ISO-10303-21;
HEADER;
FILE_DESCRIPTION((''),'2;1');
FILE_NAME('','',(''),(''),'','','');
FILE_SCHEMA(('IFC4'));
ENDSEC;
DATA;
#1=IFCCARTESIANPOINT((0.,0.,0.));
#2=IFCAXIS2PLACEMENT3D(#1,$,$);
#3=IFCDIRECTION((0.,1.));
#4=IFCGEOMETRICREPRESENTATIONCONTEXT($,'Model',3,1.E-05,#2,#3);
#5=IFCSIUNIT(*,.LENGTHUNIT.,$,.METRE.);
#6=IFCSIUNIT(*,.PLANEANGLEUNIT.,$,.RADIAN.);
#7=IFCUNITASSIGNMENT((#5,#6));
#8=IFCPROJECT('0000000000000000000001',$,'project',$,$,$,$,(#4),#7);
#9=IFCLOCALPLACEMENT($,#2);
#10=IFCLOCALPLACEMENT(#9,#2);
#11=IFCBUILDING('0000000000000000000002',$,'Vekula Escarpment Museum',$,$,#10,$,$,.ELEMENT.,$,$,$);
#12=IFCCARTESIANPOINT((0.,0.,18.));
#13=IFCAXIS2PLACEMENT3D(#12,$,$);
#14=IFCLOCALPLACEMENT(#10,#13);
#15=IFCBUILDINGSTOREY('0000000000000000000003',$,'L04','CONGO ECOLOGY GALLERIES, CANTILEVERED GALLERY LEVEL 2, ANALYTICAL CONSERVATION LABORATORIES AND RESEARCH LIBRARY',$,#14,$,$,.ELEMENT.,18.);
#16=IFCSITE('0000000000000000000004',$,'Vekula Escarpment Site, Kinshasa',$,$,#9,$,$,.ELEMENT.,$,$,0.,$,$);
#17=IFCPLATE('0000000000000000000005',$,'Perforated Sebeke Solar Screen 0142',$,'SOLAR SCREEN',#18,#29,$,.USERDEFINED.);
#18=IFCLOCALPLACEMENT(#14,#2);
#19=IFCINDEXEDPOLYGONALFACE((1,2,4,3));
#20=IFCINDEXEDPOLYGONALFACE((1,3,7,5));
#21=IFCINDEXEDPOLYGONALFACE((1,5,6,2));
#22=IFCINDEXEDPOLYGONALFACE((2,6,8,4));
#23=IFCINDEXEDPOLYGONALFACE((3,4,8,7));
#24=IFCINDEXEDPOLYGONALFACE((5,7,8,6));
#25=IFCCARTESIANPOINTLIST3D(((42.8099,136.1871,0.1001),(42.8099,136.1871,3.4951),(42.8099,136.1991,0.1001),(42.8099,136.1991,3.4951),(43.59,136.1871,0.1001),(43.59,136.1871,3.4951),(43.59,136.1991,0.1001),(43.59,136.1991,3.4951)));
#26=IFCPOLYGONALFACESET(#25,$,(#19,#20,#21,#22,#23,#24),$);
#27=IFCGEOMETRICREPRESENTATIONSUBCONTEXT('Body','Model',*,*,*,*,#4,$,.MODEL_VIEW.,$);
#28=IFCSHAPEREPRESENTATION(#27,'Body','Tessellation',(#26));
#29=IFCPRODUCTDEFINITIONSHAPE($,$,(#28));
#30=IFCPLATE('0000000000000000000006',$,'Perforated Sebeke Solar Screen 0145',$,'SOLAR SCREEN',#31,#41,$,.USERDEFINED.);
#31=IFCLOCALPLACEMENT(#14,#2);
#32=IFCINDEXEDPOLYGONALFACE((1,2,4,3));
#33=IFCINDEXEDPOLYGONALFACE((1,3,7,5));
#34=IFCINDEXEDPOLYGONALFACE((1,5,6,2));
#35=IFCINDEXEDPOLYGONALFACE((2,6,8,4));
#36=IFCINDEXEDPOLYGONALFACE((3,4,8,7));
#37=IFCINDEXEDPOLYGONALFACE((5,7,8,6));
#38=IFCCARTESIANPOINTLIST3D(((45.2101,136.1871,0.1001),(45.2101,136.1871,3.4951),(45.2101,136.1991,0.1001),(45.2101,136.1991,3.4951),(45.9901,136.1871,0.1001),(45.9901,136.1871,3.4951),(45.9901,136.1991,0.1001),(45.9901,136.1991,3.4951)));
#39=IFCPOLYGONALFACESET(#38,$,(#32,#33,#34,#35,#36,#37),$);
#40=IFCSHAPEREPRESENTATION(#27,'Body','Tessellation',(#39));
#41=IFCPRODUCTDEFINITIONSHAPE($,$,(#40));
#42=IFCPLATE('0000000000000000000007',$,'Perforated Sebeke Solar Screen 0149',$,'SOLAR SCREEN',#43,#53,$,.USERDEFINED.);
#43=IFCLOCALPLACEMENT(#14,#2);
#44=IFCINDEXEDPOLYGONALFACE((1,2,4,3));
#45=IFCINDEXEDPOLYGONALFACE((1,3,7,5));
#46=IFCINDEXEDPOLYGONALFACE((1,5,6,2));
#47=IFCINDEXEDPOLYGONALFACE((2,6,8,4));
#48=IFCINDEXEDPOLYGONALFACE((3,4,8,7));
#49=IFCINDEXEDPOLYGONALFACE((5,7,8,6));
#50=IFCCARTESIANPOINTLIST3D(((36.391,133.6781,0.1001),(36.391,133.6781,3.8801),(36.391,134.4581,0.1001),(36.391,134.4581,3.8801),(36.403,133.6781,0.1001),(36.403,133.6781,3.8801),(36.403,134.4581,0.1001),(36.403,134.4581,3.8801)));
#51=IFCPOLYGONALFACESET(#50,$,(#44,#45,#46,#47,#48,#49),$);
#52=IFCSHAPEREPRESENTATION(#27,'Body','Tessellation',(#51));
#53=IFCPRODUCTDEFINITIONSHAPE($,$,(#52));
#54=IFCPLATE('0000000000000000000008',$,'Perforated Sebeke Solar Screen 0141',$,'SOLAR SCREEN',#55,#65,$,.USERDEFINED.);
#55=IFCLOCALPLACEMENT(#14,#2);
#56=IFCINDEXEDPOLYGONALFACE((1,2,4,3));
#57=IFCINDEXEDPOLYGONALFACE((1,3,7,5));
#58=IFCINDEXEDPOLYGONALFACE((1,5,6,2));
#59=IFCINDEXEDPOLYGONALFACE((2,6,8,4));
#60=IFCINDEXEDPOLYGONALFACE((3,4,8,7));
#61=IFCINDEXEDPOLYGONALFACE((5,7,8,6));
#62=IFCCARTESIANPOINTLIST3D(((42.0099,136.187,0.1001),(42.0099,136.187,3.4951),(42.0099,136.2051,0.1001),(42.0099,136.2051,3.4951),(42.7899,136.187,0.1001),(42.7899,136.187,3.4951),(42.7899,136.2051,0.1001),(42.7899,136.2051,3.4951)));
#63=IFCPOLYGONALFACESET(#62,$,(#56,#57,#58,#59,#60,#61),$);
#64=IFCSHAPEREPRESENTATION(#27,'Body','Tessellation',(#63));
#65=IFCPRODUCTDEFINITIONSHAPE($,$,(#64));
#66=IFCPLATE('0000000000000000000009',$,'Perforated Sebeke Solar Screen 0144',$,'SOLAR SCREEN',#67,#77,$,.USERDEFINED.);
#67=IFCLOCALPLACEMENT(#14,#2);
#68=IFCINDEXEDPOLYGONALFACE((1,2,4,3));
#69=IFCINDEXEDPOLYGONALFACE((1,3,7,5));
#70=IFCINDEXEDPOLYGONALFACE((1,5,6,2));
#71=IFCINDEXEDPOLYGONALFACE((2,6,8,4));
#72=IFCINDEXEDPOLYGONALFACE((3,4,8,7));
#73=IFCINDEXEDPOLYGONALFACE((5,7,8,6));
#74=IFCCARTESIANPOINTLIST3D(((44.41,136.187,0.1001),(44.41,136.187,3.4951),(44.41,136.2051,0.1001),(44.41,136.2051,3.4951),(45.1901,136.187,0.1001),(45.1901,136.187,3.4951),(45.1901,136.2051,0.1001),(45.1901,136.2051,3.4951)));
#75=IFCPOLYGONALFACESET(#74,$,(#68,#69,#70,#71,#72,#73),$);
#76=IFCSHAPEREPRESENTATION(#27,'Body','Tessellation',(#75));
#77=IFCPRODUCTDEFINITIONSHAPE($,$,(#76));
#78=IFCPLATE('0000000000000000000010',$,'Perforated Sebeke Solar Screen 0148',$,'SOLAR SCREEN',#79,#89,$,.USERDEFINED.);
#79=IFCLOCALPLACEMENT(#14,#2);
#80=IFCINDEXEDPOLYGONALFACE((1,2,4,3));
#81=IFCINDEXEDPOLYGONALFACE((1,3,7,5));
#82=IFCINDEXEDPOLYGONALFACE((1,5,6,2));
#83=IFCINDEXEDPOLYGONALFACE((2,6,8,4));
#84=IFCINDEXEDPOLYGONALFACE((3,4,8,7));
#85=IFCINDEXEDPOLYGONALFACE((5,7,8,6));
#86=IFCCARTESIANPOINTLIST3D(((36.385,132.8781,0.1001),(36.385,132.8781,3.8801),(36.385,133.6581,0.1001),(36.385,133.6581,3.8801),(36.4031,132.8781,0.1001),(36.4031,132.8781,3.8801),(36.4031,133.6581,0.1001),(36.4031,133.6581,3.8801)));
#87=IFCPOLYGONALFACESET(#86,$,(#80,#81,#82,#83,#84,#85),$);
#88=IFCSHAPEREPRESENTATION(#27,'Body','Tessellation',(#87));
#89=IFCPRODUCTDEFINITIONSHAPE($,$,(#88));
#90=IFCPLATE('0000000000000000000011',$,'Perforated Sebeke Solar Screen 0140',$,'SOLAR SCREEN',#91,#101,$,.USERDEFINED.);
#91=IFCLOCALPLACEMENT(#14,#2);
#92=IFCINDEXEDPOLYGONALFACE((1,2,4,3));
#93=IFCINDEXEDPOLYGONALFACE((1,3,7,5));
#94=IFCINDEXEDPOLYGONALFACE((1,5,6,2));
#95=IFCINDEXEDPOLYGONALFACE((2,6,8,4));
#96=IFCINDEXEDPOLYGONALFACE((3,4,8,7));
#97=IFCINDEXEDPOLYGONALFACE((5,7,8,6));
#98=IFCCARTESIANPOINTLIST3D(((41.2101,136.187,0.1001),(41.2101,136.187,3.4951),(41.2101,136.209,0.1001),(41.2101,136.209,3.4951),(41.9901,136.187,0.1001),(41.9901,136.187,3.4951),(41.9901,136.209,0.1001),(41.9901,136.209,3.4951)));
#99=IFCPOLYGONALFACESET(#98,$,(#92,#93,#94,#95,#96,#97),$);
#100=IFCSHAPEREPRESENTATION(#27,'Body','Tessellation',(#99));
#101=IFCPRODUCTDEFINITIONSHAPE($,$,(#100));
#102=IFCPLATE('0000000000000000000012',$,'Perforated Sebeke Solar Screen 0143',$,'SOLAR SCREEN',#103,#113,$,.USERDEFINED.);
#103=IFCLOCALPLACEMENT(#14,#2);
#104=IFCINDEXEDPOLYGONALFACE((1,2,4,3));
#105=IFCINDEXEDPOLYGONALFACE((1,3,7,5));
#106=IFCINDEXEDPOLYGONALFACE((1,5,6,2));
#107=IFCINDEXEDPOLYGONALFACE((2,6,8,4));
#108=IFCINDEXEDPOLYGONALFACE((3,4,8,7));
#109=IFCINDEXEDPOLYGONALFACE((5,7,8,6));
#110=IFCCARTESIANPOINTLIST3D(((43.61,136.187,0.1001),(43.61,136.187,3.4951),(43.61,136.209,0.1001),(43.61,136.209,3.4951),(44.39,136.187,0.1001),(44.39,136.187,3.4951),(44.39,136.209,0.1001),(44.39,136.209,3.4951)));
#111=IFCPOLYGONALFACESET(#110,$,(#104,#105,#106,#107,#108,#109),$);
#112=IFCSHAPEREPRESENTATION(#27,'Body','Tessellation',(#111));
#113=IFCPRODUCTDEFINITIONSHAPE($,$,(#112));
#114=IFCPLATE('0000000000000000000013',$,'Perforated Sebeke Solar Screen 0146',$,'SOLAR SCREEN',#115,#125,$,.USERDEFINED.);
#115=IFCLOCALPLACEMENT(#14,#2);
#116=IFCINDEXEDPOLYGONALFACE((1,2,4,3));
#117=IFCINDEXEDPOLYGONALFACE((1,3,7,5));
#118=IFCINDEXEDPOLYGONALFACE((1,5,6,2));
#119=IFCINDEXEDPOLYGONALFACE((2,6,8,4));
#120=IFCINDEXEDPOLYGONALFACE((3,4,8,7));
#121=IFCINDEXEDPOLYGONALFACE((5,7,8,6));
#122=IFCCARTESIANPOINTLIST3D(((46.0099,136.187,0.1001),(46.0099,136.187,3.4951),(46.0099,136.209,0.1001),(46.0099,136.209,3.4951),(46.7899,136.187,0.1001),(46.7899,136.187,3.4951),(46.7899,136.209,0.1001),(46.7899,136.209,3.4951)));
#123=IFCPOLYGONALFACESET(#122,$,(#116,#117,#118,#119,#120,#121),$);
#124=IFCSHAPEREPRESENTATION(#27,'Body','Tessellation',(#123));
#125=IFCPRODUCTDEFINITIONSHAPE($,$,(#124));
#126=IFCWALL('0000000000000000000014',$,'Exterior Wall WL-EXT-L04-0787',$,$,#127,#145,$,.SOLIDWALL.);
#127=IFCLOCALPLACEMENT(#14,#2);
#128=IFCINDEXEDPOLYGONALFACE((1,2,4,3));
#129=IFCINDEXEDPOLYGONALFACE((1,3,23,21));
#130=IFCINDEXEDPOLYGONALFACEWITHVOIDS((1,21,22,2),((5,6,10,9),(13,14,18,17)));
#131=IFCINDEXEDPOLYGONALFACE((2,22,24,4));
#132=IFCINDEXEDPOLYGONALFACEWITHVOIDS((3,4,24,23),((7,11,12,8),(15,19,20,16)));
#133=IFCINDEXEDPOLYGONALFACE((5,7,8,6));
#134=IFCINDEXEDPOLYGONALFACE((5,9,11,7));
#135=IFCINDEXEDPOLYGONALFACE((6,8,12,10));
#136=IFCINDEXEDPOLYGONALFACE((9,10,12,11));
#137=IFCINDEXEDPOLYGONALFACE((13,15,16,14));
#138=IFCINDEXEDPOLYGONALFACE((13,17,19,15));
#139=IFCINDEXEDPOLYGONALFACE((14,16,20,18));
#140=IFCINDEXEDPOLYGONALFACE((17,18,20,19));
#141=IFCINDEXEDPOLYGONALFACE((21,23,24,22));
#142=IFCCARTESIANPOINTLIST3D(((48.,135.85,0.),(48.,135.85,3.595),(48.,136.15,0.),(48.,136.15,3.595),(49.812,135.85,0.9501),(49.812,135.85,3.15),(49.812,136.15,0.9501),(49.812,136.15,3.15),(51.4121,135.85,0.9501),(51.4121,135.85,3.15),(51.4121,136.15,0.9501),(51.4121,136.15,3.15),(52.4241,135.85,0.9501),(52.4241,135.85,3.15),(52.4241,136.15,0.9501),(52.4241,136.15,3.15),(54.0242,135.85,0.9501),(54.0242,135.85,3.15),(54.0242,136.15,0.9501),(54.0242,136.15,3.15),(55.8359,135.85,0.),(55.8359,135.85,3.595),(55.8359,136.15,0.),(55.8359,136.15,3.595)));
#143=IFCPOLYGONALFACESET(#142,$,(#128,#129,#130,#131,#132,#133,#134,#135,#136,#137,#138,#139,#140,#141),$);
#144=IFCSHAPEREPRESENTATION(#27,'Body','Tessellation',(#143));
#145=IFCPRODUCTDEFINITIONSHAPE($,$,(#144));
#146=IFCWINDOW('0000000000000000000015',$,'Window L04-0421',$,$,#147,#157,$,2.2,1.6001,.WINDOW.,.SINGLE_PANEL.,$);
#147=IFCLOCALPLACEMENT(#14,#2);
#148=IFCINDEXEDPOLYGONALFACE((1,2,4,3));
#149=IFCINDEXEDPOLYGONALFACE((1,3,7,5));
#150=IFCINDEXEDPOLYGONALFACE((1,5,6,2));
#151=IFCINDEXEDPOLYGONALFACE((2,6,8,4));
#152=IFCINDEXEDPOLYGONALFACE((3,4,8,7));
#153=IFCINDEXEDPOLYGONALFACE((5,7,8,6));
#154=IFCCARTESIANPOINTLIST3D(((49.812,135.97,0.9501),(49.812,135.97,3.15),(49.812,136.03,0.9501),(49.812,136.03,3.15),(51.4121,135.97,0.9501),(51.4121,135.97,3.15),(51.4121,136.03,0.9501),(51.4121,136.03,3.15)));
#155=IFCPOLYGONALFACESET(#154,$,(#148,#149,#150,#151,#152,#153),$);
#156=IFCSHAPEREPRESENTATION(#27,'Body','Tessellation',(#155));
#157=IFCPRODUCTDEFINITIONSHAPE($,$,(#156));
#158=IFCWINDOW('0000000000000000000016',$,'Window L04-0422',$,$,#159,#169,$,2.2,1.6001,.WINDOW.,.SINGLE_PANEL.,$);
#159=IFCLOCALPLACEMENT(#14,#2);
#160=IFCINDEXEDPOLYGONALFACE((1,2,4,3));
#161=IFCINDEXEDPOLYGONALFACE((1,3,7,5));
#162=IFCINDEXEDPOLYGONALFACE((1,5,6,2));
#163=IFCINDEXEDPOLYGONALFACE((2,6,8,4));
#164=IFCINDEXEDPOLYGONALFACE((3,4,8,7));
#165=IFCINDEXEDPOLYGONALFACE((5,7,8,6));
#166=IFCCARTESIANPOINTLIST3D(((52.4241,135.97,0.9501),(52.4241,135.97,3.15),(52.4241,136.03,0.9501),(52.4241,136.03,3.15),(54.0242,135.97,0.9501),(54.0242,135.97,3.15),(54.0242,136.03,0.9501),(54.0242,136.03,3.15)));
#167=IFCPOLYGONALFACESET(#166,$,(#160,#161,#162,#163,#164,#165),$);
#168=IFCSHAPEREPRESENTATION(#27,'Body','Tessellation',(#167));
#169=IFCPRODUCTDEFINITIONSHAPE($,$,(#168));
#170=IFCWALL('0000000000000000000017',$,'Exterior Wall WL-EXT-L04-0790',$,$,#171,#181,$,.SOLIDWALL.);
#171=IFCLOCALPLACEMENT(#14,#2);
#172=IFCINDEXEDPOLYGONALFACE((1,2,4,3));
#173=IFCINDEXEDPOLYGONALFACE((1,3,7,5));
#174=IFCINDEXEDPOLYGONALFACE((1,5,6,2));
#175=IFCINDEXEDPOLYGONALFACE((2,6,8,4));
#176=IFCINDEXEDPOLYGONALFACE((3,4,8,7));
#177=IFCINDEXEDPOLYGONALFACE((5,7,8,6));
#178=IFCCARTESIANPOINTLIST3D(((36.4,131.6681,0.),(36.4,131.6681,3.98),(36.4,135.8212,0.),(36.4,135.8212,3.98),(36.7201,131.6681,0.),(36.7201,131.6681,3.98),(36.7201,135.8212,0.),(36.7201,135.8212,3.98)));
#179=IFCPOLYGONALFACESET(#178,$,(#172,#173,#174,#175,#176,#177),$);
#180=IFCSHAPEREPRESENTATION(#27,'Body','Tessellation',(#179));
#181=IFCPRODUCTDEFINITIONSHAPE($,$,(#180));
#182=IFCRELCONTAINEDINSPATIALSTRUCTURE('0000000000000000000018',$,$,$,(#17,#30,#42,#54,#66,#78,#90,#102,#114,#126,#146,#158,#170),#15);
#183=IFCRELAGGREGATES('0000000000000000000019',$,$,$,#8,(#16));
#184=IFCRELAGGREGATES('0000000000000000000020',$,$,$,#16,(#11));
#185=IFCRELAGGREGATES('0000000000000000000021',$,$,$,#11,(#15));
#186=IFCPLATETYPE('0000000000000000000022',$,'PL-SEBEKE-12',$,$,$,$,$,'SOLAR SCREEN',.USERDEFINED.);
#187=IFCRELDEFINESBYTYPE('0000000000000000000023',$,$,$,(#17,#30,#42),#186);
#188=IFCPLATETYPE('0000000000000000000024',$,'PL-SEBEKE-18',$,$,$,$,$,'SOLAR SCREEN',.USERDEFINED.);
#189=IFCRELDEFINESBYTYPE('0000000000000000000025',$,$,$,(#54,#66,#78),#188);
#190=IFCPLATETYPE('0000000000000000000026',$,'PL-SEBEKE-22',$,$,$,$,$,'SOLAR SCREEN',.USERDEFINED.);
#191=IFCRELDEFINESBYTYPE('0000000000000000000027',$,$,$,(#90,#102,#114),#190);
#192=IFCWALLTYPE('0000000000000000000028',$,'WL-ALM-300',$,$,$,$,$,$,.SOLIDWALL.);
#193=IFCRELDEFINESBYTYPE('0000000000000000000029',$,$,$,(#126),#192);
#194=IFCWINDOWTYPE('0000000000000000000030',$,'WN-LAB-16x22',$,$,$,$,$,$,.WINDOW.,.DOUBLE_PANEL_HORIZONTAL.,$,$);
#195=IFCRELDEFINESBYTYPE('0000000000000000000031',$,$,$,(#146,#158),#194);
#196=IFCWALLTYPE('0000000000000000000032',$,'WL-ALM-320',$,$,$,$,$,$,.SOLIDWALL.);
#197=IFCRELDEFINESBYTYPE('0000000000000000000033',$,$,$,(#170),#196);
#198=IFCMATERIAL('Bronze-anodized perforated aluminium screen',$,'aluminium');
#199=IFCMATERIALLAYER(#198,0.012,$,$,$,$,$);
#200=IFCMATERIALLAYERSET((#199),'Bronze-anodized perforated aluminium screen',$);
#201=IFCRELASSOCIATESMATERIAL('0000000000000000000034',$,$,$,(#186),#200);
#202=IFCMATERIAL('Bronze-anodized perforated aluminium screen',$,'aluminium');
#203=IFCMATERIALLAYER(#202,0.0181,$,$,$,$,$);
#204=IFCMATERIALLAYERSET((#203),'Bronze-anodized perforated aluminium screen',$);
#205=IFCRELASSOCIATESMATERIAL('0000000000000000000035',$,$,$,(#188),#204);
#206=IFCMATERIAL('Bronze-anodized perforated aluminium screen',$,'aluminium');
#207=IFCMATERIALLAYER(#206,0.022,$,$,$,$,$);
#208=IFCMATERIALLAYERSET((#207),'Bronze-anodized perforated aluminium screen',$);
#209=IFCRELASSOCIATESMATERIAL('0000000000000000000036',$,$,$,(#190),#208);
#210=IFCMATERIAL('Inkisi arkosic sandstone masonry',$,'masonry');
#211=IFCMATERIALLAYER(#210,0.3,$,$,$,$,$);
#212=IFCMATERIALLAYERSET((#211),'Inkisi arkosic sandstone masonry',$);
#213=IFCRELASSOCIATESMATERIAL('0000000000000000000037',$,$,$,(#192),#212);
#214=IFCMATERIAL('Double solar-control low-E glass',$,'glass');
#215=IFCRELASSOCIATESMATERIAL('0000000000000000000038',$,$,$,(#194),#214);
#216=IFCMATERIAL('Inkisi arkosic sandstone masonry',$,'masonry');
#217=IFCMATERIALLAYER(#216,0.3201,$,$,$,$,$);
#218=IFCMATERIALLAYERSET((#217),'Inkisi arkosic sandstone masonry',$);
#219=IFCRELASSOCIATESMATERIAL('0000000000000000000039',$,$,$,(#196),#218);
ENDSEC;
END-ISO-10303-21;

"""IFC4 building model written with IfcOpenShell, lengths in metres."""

from ifc_helpers import new_model, si_unit, direction, frame, frame_2d, origin, origin_2d, place, context, subcontext, project, spatial, rectangle, extrude, material, layer, layer_set, type_object, element, fill, save


model = new_model("IFC4")

# Units and contexts
model_context = context("Model", 3, precision=1e-05, world=origin(), true_north=direction((0.0, 1.0)))
body_context = subcontext(model_context, "Body", "Model", "MODEL_VIEW")
ifc_project = project(units=[si_unit("LENGTHUNIT", "METRE"), si_unit("PLANEANGLEUNIT", "RADIAN")], contexts=[model_context])

# Site, building, storey
site_placement = place(None, origin())
site = spatial("IfcSite", under=ifc_project, at=site_placement, Name="Vekula Escarpment Site, Kinshasa", CompositionType="ELEMENT", RefElevation=0.0)
building_placement = place(site_placement, origin())
building = spatial("IfcBuilding", under=site, at=building_placement, Name="Vekula Escarpment Museum", CompositionType="ELEMENT")
storey_placement = place(building_placement, frame((0.0, 0.0, 18.0)))
storey = spatial("IfcBuildingStorey", under=building, at=storey_placement, Name="L04", Description="CONGO ECOLOGY GALLERIES, CANTILEVERED GALLERY LEVEL 2, ANALYTICAL CONSERVATION LABORATORIES AND RESEARCH LIBRARY", CompositionType="ELEMENT", Elevation=18.0)

# Plates
ifc_material_1 = material(Name="Bronze-anodized perforated aluminium screen", Category="aluminium")
ifc_layer_1 = layer(ifc_material_1, 0.012)
ifc_layer_set_1 = layer_set([ifc_layer_1], Name="Bronze-anodized perforated aluminium screen")
plate_type_1 = type_object("IfcPlateType", Name="PL-SEBEKE-12", ElementType="SOLAR SCREEN", PredefinedType="USERDEFINED", material=ifc_layer_set_1)
for number, where, z_axis, x_axis, name in (
    (1, (43.2, 136.1931, 0.1001), (0.0, 0.0, 1.0), (1.0, 0.0, 0.0), "Perforated Sebeke Solar Screen 0142"),
    (2, (45.6001, 136.1931, 0.1001), (0.0, 0.0, 1.0), (1.0, 0.0, 0.0), "Perforated Sebeke Solar Screen 0145"),
):
    element("IfcPlate", number, at=place(storey_placement, frame(where, z_axis=z_axis, x_axis=x_axis)), inside=storey, type_object=plate_type_1, Name=name, ObjectType="SOLAR SCREEN", PredefinedType="USERDEFINED", context=body_context, shape_type="SweptSolid", body=[
        extrude(rectangle(XDim=0.78, YDim=0.012, at=origin_2d()), origin(), (0.0, 0.0, 1.0), 3.395),
    ])
plate_1_placement = place(storey_placement, frame((36.397, 134.0681, 0.1001), z_axis=(0.0, 0.0, 1.0), x_axis=(0.0, 1.0, 0.0)))
element("IfcPlate", 3, at=plate_1_placement, inside=storey, type_object=plate_type_1, Name="Perforated Sebeke Solar Screen 0149", ObjectType="SOLAR SCREEN", PredefinedType="USERDEFINED", context=body_context, shape_type="SweptSolid", body=[
    extrude(rectangle(XDim=0.78, YDim=0.012, at=origin_2d()), origin(), (0.0, 0.0, 1.0), 3.78),
])
ifc_material_2 = material(Name="Bronze-anodized perforated aluminium screen", Category="aluminium")
ifc_layer_2 = layer(ifc_material_2, 0.0181)
ifc_layer_set_2 = layer_set([ifc_layer_2], Name="Bronze-anodized perforated aluminium screen")
plate_type_2 = type_object("IfcPlateType", Name="PL-SEBEKE-18", ElementType="SOLAR SCREEN", PredefinedType="USERDEFINED", material=ifc_layer_set_2)
for number, where, z_axis, x_axis, name in (
    (4, (42.3999, 136.196, 0.1001), (0.0, 0.0, 1.0), (1.0, 0.0, 0.0), "Perforated Sebeke Solar Screen 0141"),
    (5, (44.8, 136.196, 0.1001), (0.0, 0.0, 1.0), (1.0, 0.0, 0.0), "Perforated Sebeke Solar Screen 0144"),
):
    element("IfcPlate", number, at=place(storey_placement, frame(where, z_axis=z_axis, x_axis=x_axis)), inside=storey, type_object=plate_type_2, Name=name, ObjectType="SOLAR SCREEN", PredefinedType="USERDEFINED", context=body_context, shape_type="SweptSolid", body=[
        extrude(rectangle(XDim=0.78, YDim=0.0181, at=origin_2d()), origin(), (0.0, 0.0, 1.0), 3.395),
    ])
plate_2_placement = place(storey_placement, frame((36.394, 133.2681, 0.1001), z_axis=(0.0, 0.0, 1.0), x_axis=(0.0, 1.0, 0.0)))
element("IfcPlate", 6, at=plate_2_placement, inside=storey, type_object=plate_type_2, Name="Perforated Sebeke Solar Screen 0148", ObjectType="SOLAR SCREEN", PredefinedType="USERDEFINED", context=body_context, shape_type="SweptSolid", body=[
    extrude(rectangle(XDim=0.78, YDim=0.0181, at=origin_2d()), origin(), (0.0, 0.0, 1.0), 3.78),
])
ifc_material_3 = material(Name="Bronze-anodized perforated aluminium screen", Category="aluminium")
ifc_layer_3 = layer(ifc_material_3, 0.022)
ifc_layer_set_3 = layer_set([ifc_layer_3], Name="Bronze-anodized perforated aluminium screen")
plate_type_3 = type_object("IfcPlateType", Name="PL-SEBEKE-22", ElementType="SOLAR SCREEN", PredefinedType="USERDEFINED", material=ifc_layer_set_3)
for number, where, z_axis, x_axis, name in (
    (7, (41.6001, 136.198, 0.1001), (0.0, 0.0, 1.0), (1.0, 0.0, 0.0), "Perforated Sebeke Solar Screen 0140"),
    (8, (44.0, 136.198, 0.1001), (0.0, 0.0, 1.0), (1.0, 0.0, 0.0), "Perforated Sebeke Solar Screen 0143"),
    (9, (46.3999, 136.198, 0.1001), (0.0, 0.0, 1.0), (1.0, 0.0, 0.0), "Perforated Sebeke Solar Screen 0146"),
):
    element("IfcPlate", number, at=place(storey_placement, frame(where, z_axis=z_axis, x_axis=x_axis)), inside=storey, type_object=plate_type_3, Name=name, ObjectType="SOLAR SCREEN", PredefinedType="USERDEFINED", context=body_context, shape_type="SweptSolid", body=[
        extrude(rectangle(XDim=0.78, YDim=0.022, at=origin_2d()), origin(), (0.0, 0.0, 1.0), 3.395),
    ])

# Wall, openings, windows
ifc_material_4 = material(Name="Inkisi arkosic sandstone masonry", Category="masonry")
ifc_layer_4 = layer(ifc_material_4, 0.3)
ifc_layer_set_4 = layer_set([ifc_layer_4], Name="Inkisi arkosic sandstone masonry")
wall_type_1 = type_object("IfcWallType", Name="WL-ALM-300", PredefinedType="SOLIDWALL", material=ifc_layer_set_4)
wall_1_placement = place(storey_placement, frame((48.0, 136.0, 0.0), z_axis=(0.0, 0.0, 1.0), x_axis=(1.0, 0.0, 0.0)))
wall_1 = element("IfcWall", 10, at=wall_1_placement, inside=storey, type_object=wall_type_1, Name="Exterior Wall WL-EXT-L04-0787", PredefinedType="SOLIDWALL", context=body_context, shape_type="SweptSolid", body=[
    extrude(rectangle(XDim=7.8359, YDim=0.3, at=frame_2d((3.918, 0.0))), origin(), (0.0, 0.0, 1.0), 3.595),
])
opening_1_placement = place(wall_1_placement, frame((1.812, 0.0, 0.95)))
opening_1 = element("IfcOpeningElement", 11, at=opening_1_placement, cuts=wall_1, PredefinedType="OPENING", context=body_context, shape_type="SweptSolid", body=[
    extrude(rectangle(XDim=1.6001, YDim=2.2, at=frame_2d((0.8, 1.1001))), frame((0.0, 0.1599, 0.0), z_axis=(0.0, -1.0, 0.0), x_axis=(1.0, 0.0, 0.0)), (0.0, 0.0, 1.0), 0.3201),
])
opening_2_placement = place(wall_1_placement, frame((4.4241, 0.0, 0.95)))
opening_2 = element("IfcOpeningElement", 12, at=opening_2_placement, cuts=wall_1, PredefinedType="OPENING", context=body_context, shape_type="SweptSolid", body=[
    extrude(rectangle(XDim=1.6001, YDim=2.2, at=frame_2d((0.8, 1.1001))), frame((0.0, 0.1599, 0.0), z_axis=(0.0, -1.0, 0.0), x_axis=(1.0, 0.0, 0.0)), (0.0, 0.0, 1.0), 0.3201),
])
ifc_material_5 = material(Name="Double solar-control low-E glass", Category="glass")
window_type = type_object("IfcWindowType", Name="WN-LAB-16x22", PartitioningType="DOUBLE_PANEL_HORIZONTAL", PredefinedType="WINDOW", material=ifc_material_5)
window_1_placement = place(opening_1_placement, origin())
window_1 = element("IfcWindow", 13, at=window_1_placement, inside=storey, type_object=window_type, Name="Window L04-0421", OverallHeight=2.2, OverallWidth=1.6001, PartitioningType="SINGLE_PANEL", PredefinedType="WINDOW", context=body_context, shape_type="SweptSolid", body=[
    extrude(rectangle(XDim=1.6001, YDim=2.2, at=frame_2d((0.8, 1.1001))), frame((0.0, 0.03, 0.0), z_axis=(0.0, -1.0, 0.0), x_axis=(1.0, 0.0, 0.0)), (0.0, 0.0, 1.0), 0.0601),
])
fill(opening_1, window_1)
window_2_placement = place(opening_2_placement, origin())
window_2 = element("IfcWindow", 14, at=window_2_placement, inside=storey, type_object=window_type, Name="Window L04-0422", OverallHeight=2.2, OverallWidth=1.6001, PartitioningType="SINGLE_PANEL", PredefinedType="WINDOW", context=body_context, shape_type="SweptSolid", body=[
    extrude(rectangle(XDim=1.6001, YDim=2.2, at=frame_2d((0.8, 1.1001))), frame((0.0, 0.03, 0.0), z_axis=(0.0, -1.0, 0.0), x_axis=(1.0, 0.0, 0.0)), (0.0, 0.0, 1.0), 0.0601),
])
fill(opening_2, window_2)

# Wall
ifc_material_6 = material(Name="Inkisi arkosic sandstone masonry", Category="masonry")
ifc_layer_5 = layer(ifc_material_6, 0.3201)
ifc_layer_set_5 = layer_set([ifc_layer_5], Name="Inkisi arkosic sandstone masonry")
wall_type_2 = type_object("IfcWallType", Name="WL-ALM-320", PredefinedType="SOLIDWALL", material=ifc_layer_set_5)
wall_2_placement = place(storey_placement, frame((36.5601, 131.668, 0.0), z_axis=(0.0, 0.0, 1.0), x_axis=(0.0, 1.0, 0.0)))
element("IfcWall", 15, at=wall_2_placement, inside=storey, type_object=wall_type_2, Name="Exterior Wall WL-EXT-L04-0790", PredefinedType="SOLIDWALL", context=body_context, shape_type="SweptSolid", body=[
    extrude(rectangle(XDim=4.1531, YDim=0.3201, at=frame_2d((2.0767, 0.0))), origin(), (0.0, 0.0, 1.0), 3.98),
])

save(model, "model.ifc")
